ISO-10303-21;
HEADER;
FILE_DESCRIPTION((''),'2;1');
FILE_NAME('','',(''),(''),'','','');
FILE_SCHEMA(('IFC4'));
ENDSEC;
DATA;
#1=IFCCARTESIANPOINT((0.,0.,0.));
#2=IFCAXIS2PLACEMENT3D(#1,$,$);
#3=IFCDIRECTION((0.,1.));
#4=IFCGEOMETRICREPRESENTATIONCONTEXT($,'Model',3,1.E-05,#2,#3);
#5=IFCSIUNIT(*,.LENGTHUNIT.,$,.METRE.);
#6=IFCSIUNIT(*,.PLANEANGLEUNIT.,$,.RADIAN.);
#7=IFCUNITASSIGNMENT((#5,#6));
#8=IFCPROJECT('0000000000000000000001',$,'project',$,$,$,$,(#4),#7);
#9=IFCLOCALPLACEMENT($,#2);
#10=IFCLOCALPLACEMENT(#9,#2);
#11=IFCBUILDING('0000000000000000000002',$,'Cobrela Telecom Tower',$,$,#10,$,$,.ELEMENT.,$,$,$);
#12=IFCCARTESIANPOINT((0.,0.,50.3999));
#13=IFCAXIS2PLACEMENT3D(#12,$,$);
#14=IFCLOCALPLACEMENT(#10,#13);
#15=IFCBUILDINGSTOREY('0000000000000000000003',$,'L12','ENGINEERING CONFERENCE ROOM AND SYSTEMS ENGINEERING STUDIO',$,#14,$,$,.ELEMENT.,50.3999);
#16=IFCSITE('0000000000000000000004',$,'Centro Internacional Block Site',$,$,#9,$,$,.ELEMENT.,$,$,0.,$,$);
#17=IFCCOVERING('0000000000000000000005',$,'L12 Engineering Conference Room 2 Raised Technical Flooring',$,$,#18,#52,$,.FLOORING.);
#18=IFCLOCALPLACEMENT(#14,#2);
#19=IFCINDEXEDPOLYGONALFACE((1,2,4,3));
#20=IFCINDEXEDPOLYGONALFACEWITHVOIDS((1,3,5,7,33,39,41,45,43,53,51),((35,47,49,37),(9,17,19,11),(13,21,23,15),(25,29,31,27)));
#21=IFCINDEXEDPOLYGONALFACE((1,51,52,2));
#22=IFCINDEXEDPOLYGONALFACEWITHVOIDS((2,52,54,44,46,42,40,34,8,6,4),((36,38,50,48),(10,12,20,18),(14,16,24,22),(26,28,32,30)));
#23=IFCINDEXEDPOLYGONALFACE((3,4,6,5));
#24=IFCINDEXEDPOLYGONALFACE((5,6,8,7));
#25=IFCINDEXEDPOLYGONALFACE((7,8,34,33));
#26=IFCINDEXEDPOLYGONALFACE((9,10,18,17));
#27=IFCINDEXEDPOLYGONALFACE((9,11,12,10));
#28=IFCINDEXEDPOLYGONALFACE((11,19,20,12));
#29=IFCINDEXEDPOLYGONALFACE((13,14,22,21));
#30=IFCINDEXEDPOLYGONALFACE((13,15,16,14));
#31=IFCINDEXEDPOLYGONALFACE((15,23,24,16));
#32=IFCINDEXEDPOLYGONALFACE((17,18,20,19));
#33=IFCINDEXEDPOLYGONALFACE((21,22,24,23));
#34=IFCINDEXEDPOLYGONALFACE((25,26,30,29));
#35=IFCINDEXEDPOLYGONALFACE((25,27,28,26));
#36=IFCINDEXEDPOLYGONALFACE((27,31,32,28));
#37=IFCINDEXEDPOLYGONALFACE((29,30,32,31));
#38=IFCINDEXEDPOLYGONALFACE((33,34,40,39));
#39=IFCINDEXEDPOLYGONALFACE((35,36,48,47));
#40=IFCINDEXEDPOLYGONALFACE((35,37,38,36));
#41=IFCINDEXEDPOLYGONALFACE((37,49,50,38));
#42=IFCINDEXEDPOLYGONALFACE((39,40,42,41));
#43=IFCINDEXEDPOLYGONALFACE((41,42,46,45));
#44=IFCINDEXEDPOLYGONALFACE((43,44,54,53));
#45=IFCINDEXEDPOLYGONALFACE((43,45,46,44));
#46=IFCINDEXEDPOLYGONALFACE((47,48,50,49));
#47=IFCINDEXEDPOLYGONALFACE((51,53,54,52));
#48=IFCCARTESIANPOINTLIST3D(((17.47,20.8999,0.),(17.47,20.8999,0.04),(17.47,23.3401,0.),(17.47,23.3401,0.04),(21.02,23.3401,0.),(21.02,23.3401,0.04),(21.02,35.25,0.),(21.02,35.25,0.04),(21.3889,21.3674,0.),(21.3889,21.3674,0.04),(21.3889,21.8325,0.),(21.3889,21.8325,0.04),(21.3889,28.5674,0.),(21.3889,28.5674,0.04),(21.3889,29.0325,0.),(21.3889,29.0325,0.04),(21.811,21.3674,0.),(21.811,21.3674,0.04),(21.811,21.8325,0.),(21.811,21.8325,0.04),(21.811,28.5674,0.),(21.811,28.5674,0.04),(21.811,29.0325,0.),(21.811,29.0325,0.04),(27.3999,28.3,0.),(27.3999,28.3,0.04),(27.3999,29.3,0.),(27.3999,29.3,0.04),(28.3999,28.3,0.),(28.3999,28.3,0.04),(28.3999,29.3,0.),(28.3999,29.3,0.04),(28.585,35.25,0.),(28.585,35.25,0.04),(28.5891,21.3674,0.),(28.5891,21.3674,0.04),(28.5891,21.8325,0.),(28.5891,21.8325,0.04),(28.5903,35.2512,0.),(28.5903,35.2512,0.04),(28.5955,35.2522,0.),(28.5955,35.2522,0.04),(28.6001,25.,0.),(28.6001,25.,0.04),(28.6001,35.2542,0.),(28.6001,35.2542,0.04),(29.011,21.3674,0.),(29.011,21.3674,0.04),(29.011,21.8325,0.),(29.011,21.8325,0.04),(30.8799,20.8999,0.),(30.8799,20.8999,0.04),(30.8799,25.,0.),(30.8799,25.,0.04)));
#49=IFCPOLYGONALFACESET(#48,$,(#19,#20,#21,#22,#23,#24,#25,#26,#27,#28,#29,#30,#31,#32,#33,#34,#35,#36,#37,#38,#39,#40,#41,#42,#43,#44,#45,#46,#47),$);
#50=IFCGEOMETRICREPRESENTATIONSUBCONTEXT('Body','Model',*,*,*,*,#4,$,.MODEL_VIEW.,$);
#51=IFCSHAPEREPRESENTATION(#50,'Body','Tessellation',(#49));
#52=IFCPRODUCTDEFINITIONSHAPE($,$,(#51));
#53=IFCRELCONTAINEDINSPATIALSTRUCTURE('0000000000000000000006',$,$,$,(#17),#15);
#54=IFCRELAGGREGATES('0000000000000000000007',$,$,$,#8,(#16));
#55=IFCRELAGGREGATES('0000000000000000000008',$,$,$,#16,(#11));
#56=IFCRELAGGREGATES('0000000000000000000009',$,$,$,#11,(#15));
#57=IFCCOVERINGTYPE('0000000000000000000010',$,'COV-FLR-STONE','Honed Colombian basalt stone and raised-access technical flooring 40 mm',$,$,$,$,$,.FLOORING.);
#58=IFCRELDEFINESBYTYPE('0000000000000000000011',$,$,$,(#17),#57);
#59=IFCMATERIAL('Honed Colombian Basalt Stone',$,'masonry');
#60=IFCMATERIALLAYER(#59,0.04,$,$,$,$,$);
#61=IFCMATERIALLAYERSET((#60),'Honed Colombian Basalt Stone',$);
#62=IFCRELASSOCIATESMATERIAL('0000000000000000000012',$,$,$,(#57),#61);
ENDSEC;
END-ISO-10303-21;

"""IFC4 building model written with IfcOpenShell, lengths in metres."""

from ifc_helpers import new_model, si_unit, direction, frame, origin, place, context, subcontext, project, spatial, polyline, outline, extrude, material, layer, layer_set, type_object, element, save


model = new_model("IFC4")

# Units and contexts
model_context = context("Model", 3, precision=1e-05, world=origin(), true_north=direction((0.0, 1.0)))
body_context = subcontext(model_context, "Body", "Model", "MODEL_VIEW")
ifc_project = project(units=[si_unit("LENGTHUNIT", "METRE"), si_unit("PLANEANGLEUNIT", "RADIAN")], contexts=[model_context])

# Site, building, storey
site_placement = place(None, origin())
site = spatial("IfcSite", under=ifc_project, at=site_placement, Name="Centro Internacional Block Site", CompositionType="ELEMENT", RefElevation=0.0)
building_placement = place(site_placement, origin())
building = spatial("IfcBuilding", under=site, at=building_placement, Name="Cobrela Telecom Tower", CompositionType="ELEMENT")
storey_placement = place(building_placement, frame((0.0, 0.0, 50.3999)))
storey = spatial("IfcBuildingStorey", under=building, at=storey_placement, Name="L12", Description="ENGINEERING CONFERENCE ROOM AND SYSTEMS ENGINEERING STUDIO", CompositionType="ELEMENT", Elevation=50.3999)

# Covering
ifc_material_1 = material(Name="Honed Colombian Basalt Stone", Category="masonry")
ifc_layer_1 = layer(ifc_material_1, 0.04)
ifc_layer_set_1 = layer_set([ifc_layer_1], Name="Honed Colombian Basalt Stone")
covering_type_1 = type_object("IfcCoveringType", Name="COV-FLR-STONE", Description="Honed Colombian basalt stone and raised-access technical flooring 40 mm", PredefinedType="FLOORING", material=ifc_layer_set_1)
covering_1_placement = place(storey_placement, origin())
element("IfcCovering", 1, at=covering_1_placement, inside=storey, type_object=covering_type_1, Name="L12 Engineering Conference Room 2 Raised Technical Flooring", PredefinedType="FLOORING", context=body_context, shape_type="SweptSolid", body=[
    extrude(outline(polyline([(21.02, 23.3401), (21.02, 35.25), (28.585, 35.25), (28.5903, 35.2512), (28.5955, 35.2522), (28.6001, 35.2542), (28.6001, 25.0), (30.8799, 25.0), (30.8799, 20.8999), (17.47, 20.8999), (17.47, 23.3401), (21.02, 23.3401)]), holes=[polyline([(21.811, 21.3674), (21.811, 21.8325), (21.3889, 21.8325), (21.3889, 21.3674), (21.811, 21.3674)]), polyline([(21.811, 29.0325), (21.3889, 29.0325), (21.3889, 28.5674), (21.811, 28.5674), (21.811, 29.0325)]), polyline([(28.3999, 28.3), (28.3999, 29.3), (27.3999, 29.3), (27.3999, 28.3), (28.3999, 28.3)]), polyline([(29.011, 21.3674), (29.011, 21.8325), (28.5891, 21.8325), (28.5891, 21.3674), (29.011, 21.3674)])]), origin(), (0.0, 0.0, 1.0), 0.04),
])

save(model, "model.ifc")
